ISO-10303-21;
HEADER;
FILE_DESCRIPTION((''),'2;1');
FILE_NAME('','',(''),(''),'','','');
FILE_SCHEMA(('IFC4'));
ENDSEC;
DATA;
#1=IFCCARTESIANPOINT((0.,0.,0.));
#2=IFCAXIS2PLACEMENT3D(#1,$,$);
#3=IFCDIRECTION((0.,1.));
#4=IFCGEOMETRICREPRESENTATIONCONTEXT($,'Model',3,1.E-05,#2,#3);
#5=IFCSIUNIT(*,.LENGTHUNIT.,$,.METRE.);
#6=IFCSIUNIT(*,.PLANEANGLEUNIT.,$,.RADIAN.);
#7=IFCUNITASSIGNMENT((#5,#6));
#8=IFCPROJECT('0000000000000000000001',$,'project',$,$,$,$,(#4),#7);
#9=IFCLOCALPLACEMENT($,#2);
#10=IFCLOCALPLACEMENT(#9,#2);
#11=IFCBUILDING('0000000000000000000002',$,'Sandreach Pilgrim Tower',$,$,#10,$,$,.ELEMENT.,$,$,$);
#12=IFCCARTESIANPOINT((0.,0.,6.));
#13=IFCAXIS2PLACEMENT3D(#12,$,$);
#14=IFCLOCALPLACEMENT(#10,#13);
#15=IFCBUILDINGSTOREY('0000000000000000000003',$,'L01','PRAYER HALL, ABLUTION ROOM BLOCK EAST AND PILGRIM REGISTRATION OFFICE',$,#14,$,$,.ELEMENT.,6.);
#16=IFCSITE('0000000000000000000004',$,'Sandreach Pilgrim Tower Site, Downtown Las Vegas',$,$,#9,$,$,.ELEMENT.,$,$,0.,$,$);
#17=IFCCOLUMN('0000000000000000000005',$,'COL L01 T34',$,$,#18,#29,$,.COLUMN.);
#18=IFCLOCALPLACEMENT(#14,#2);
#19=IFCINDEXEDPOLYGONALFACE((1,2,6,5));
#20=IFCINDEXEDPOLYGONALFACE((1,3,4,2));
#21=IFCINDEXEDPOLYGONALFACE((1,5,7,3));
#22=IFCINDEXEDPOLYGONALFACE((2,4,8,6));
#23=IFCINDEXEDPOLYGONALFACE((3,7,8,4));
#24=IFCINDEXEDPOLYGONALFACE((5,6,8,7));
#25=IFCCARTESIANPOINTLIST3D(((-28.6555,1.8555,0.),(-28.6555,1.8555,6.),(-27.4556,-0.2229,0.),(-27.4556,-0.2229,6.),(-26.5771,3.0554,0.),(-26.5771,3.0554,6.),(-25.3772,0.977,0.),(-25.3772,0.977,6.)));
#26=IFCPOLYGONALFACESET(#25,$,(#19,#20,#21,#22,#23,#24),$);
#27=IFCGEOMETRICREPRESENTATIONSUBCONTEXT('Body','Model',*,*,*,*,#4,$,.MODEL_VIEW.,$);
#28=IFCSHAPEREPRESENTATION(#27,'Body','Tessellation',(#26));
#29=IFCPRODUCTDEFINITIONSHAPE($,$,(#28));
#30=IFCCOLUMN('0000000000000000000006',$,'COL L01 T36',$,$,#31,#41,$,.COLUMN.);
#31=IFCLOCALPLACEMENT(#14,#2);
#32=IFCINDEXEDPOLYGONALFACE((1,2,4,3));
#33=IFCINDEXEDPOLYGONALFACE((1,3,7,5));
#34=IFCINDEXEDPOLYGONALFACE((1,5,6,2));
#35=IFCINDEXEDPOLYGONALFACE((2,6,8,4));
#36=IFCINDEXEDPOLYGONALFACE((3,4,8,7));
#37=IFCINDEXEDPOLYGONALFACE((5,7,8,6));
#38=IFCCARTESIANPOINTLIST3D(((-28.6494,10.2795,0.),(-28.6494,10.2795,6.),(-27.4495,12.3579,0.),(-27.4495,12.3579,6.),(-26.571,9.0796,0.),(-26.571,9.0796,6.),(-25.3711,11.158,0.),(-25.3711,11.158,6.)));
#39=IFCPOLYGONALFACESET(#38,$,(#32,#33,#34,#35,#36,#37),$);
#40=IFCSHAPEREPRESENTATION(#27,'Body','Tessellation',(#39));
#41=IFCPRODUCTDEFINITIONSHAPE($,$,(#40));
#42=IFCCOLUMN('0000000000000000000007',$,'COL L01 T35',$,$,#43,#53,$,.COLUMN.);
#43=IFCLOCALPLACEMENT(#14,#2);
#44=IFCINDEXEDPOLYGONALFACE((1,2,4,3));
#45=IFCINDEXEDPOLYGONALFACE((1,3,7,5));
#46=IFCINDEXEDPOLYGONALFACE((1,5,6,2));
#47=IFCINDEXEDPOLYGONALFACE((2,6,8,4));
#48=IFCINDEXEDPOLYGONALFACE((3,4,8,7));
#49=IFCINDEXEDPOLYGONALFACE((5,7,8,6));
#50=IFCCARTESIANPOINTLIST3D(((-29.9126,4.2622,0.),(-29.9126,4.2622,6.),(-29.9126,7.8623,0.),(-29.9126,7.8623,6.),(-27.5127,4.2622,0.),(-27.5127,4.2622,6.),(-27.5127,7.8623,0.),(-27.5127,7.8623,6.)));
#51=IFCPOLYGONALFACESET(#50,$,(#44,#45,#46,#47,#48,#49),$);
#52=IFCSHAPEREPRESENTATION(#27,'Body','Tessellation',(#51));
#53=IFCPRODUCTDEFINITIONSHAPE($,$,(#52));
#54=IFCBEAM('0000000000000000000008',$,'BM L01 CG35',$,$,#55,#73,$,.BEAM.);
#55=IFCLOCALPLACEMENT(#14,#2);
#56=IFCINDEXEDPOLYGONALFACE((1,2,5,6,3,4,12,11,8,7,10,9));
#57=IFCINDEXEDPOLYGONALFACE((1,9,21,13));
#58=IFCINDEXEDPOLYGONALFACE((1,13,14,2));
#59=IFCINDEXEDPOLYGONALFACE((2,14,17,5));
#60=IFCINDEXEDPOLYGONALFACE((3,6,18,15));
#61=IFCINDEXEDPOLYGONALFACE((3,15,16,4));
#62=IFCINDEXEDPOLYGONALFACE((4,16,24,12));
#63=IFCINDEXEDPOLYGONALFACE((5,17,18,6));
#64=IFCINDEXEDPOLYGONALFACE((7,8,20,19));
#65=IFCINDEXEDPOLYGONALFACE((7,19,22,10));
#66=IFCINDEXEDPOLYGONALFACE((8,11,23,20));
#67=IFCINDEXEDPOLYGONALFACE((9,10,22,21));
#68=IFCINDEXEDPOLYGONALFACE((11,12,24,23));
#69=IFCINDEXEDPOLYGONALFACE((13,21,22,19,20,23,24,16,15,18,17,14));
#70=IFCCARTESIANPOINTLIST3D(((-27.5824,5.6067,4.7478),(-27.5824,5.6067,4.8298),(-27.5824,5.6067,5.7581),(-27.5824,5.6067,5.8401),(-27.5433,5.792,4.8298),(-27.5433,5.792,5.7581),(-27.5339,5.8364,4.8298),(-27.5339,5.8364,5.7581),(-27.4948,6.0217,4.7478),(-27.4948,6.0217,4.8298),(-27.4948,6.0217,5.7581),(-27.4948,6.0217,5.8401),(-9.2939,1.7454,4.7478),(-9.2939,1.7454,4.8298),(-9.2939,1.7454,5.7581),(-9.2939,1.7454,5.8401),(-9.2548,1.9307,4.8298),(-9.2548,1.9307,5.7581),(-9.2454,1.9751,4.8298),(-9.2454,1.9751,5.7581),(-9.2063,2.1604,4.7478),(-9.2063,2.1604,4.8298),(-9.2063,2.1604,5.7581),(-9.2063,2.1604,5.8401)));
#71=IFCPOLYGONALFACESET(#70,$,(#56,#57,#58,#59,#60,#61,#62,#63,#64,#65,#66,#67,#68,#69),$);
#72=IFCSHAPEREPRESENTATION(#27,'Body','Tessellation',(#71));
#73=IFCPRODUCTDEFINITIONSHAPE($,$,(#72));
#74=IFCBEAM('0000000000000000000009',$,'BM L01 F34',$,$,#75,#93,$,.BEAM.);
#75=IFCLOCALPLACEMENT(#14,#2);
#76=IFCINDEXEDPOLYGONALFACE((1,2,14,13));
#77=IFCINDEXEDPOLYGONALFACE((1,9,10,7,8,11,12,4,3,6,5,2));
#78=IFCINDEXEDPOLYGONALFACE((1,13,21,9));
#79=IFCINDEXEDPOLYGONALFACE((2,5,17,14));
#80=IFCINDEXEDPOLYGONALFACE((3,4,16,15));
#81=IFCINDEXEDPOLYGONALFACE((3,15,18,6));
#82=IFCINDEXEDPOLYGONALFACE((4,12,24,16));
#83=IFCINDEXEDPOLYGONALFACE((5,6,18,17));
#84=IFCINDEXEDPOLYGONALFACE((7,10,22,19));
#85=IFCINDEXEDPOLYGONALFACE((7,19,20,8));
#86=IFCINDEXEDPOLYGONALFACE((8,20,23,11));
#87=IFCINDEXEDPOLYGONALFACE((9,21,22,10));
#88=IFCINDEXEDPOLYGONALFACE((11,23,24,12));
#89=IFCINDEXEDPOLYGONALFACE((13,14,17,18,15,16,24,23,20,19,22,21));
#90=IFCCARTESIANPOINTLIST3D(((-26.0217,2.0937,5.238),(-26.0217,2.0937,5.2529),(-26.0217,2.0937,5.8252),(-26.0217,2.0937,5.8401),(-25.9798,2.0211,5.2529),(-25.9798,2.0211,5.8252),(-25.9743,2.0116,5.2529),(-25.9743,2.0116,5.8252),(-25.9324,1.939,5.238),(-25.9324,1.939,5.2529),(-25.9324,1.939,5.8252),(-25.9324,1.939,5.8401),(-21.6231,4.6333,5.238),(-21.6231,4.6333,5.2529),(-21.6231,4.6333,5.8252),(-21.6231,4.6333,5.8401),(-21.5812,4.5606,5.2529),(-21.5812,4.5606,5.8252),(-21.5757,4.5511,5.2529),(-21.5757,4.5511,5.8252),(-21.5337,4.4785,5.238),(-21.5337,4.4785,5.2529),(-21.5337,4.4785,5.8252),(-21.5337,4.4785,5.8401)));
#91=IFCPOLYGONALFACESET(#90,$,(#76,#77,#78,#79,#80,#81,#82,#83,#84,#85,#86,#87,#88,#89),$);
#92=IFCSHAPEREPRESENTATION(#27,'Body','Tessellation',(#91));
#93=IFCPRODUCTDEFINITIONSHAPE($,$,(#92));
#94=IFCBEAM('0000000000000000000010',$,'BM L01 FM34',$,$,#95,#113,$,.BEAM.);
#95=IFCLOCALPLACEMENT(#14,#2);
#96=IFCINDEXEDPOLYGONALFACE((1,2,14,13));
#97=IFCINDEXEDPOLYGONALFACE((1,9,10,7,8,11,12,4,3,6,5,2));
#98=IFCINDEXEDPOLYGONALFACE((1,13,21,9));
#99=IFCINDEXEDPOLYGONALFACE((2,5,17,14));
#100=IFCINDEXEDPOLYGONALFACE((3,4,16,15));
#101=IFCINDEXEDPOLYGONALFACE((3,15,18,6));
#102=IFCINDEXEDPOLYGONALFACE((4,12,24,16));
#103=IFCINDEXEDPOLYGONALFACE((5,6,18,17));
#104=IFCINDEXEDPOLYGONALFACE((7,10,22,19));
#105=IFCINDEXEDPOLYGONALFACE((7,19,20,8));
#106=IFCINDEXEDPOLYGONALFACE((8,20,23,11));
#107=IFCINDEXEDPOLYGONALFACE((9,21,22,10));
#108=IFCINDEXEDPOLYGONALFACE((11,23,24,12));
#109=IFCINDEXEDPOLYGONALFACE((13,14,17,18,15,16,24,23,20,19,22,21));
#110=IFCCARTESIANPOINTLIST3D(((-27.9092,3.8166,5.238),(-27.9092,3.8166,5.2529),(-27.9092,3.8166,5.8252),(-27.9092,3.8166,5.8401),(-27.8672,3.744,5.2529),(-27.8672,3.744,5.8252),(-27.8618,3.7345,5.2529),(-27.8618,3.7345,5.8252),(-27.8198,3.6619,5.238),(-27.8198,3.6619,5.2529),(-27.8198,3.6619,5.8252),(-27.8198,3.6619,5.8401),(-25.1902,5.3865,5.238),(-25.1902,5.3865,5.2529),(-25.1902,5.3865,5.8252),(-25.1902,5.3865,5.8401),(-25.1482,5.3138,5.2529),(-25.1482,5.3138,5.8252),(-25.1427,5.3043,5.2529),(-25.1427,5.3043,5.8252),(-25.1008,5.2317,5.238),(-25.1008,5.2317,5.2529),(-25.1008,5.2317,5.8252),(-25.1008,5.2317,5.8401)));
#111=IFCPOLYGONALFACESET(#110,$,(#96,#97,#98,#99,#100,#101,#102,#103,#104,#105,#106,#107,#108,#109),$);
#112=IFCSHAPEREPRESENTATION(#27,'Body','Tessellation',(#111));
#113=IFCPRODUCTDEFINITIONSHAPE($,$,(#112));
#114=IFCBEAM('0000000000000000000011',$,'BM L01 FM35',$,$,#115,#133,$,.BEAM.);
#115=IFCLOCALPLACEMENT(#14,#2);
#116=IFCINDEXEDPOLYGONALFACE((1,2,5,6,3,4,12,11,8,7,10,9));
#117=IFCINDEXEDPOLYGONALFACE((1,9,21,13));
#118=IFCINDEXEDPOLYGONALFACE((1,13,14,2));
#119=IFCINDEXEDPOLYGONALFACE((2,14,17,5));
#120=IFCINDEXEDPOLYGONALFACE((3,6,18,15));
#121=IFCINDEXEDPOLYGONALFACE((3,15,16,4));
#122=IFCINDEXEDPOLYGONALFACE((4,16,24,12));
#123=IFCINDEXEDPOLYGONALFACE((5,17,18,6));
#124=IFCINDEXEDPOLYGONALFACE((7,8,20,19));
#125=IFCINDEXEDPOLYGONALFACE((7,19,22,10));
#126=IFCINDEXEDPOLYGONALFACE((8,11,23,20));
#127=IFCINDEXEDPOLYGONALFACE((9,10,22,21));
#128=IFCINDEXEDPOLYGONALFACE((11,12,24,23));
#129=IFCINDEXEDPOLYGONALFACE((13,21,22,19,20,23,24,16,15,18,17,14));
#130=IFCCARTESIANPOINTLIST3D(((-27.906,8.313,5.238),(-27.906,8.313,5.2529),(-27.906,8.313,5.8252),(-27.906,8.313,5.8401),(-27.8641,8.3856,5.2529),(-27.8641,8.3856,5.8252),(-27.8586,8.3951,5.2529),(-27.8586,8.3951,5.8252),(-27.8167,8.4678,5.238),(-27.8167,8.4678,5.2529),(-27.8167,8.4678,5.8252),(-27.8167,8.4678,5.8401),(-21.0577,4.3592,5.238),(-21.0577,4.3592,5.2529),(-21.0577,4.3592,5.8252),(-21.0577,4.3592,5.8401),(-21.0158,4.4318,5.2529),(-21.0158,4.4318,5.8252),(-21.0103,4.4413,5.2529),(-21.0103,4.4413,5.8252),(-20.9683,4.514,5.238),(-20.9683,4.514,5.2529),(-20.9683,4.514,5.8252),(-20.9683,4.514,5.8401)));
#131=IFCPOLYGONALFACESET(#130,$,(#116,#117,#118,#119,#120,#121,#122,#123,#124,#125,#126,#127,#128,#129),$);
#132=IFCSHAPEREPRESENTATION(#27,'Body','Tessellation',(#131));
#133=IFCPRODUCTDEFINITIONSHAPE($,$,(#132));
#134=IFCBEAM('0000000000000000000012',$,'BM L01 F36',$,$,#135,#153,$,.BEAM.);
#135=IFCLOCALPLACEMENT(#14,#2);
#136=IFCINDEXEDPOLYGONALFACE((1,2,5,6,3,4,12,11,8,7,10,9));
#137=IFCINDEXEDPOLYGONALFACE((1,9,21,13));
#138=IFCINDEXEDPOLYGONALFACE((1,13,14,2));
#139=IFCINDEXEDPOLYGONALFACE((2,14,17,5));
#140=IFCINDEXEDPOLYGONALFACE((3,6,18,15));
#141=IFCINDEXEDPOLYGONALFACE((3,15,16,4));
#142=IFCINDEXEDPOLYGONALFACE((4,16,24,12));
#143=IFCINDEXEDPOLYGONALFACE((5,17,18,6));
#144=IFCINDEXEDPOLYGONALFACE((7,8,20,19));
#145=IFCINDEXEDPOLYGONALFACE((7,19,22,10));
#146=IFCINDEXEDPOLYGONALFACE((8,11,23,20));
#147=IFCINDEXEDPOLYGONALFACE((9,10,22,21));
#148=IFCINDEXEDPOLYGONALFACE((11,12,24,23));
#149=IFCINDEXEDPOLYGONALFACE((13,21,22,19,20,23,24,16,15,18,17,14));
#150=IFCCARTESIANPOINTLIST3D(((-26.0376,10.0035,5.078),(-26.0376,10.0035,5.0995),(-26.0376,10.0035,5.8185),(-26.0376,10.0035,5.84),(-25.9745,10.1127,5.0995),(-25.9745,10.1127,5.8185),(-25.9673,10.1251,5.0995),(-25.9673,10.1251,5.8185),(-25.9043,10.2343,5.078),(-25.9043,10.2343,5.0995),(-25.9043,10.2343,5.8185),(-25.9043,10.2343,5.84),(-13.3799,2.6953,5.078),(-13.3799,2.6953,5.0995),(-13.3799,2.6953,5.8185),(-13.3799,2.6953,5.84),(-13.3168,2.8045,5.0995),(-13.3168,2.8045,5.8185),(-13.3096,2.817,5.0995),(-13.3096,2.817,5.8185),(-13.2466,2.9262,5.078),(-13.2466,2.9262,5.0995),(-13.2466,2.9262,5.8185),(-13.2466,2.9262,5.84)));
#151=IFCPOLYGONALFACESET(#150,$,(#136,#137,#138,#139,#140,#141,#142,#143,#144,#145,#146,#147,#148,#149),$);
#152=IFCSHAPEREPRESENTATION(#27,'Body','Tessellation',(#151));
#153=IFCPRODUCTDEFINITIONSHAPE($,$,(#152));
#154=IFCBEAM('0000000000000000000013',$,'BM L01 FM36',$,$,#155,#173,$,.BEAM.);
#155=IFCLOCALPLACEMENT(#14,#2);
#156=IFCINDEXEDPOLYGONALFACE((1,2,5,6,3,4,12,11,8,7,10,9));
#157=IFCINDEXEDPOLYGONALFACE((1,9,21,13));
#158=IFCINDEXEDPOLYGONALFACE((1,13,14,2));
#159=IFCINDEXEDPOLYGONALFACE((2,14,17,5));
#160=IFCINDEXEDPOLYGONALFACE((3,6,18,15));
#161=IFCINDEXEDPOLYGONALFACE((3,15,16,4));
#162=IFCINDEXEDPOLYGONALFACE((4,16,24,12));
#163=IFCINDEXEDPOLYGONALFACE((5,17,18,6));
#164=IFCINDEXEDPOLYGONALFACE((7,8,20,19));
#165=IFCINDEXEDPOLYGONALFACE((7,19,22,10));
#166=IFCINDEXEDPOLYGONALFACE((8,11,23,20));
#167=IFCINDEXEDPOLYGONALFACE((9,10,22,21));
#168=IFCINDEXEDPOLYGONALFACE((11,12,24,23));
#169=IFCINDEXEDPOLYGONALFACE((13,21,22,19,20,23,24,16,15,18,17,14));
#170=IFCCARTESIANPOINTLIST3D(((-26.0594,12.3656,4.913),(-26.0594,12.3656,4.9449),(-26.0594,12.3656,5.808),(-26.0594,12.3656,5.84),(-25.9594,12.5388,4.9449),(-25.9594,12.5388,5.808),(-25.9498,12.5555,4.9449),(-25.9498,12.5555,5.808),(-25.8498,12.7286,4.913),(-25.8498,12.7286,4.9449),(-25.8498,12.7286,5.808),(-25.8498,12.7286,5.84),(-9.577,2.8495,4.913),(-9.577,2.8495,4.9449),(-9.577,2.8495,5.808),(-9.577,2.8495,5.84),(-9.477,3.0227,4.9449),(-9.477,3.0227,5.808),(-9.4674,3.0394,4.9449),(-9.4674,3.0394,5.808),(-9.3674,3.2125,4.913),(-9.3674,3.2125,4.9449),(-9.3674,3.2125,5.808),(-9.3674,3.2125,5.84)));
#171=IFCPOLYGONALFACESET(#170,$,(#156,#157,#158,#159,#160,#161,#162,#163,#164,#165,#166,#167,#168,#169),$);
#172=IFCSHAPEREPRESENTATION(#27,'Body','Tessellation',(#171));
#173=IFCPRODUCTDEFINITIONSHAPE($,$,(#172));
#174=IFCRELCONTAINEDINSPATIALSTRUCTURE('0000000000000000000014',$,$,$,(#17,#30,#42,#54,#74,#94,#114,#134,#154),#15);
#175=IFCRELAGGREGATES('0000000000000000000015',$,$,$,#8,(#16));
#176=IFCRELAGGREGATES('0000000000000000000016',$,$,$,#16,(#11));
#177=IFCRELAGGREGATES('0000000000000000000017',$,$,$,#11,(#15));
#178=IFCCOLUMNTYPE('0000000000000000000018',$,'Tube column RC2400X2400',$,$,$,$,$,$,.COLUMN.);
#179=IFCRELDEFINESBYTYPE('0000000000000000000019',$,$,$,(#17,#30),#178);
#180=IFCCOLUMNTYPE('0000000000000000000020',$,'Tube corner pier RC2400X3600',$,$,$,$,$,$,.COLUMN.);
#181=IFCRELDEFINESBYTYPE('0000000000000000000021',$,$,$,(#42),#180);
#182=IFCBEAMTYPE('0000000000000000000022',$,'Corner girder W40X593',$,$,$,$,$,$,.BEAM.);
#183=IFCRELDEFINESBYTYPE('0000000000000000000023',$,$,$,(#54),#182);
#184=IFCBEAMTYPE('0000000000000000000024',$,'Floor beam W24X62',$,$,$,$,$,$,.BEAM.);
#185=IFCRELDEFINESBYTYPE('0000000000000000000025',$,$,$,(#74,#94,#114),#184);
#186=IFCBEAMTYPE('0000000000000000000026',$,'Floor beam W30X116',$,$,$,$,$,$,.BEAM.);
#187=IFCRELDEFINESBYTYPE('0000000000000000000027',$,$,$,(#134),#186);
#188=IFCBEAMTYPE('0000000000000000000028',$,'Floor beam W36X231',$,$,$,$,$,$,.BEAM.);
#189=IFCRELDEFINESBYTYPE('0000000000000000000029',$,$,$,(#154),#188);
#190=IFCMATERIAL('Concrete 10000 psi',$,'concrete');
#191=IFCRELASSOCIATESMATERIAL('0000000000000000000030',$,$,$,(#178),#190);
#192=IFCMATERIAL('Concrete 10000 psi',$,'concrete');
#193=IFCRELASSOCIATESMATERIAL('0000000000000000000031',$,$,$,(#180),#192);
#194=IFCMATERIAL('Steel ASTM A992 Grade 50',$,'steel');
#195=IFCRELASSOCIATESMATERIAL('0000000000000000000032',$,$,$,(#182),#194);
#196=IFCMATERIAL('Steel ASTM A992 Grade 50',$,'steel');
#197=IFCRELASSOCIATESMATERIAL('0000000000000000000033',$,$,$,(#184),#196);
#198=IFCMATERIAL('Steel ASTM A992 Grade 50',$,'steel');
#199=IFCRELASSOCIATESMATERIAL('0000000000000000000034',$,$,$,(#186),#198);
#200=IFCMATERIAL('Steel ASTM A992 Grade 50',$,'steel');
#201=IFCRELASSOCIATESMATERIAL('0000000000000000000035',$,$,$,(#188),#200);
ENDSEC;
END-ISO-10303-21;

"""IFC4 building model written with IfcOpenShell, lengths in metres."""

from ifc_helpers import new_model, si_unit, direction, frame, origin, origin_2d, place, context, subcontext, project, spatial, rectangle, i_section, extrude, material, material_profile, profile_set, type_object, element, save


model = new_model("IFC4")

# Units and contexts
model_context = context("Model", 3, precision=1e-05, world=origin(), true_north=direction((0.0, 1.0)))
body_context = subcontext(model_context, "Body", "Model", "MODEL_VIEW")
ifc_project = project(units=[si_unit("LENGTHUNIT", "METRE"), si_unit("PLANEANGLEUNIT", "RADIAN")], contexts=[model_context])

# Site, building, storey
site_placement = place(None, origin())
site = spatial("IfcSite", under=ifc_project, at=site_placement, Name="Sandreach Pilgrim Tower Site, Downtown Las Vegas", CompositionType="ELEMENT", RefElevation=0.0)
building_placement = place(site_placement, origin())
building = spatial("IfcBuilding", under=site, at=building_placement, Name="Sandreach Pilgrim Tower", CompositionType="ELEMENT")
storey_placement = place(building_placement, frame((0.0, 0.0, 6.0)))
storey = spatial("IfcBuildingStorey", under=building, at=storey_placement, Name="L01", Description="PRAYER HALL, ABLUTION ROOM BLOCK EAST AND PILGRIM REGISTRATION OFFICE", CompositionType="ELEMENT", Elevation=6.0)

# Columns
ifc_material_1 = material(Name="Concrete 10000 psi", Category="concrete")
ifc_material_profile_1 = material_profile(ifc_material_1, rectangle(XDim=2.3999, YDim=2.3999, at=origin_2d()), Name="RC2400X2400")
ifc_profile_set_1 = profile_set([ifc_material_profile_1], Name="Concrete 10000 psi")
column_type_1 = type_object("IfcColumnType", Name="Tube column RC2400X2400", PredefinedType="COLUMN", material=ifc_profile_set_1)
for number, where, z_axis, x_axis, name in (
    (1, (-27.0164, 1.4163, 0.0), (0.0, 0.0, 1.0), (-0.866025, -0.5, 0.0), "COL L01 T34"),
    (2, (-27.0103, 10.7188, 0.0), (0.0, 0.0, 1.0), (-0.866025, 0.5, 0.0), "COL L01 T36"),
):
    element("IfcColumn", number, at=place(storey_placement, frame(where, z_axis=z_axis, x_axis=x_axis)), inside=storey, type_object=column_type_1, Name=name, PredefinedType="COLUMN", context=body_context, shape_type="SweptSolid", body=[
        extrude(rectangle(XDim=2.3999, YDim=2.3999, at=origin_2d()), origin(), (0.0, 0.0, 1.0), 6.0),
    ])
ifc_material_2 = material(Name="Concrete 10000 psi", Category="concrete")
ifc_material_profile_2 = material_profile(ifc_material_2, rectangle(XDim=2.3999, YDim=3.6001, at=origin_2d()), Name="RC2400X3600")
ifc_profile_set_2 = profile_set([ifc_material_profile_2], Name="Concrete 10000 psi")
column_type_2 = type_object("IfcColumnType", Name="Tube corner pier RC2400X3600", PredefinedType="COLUMN", material=ifc_profile_set_2)
column_placement = place(storey_placement, frame((-28.7126, 6.0623, 0.0), z_axis=(0.0, 0.0, 1.0), x_axis=(-1.0, 0.0, 0.0)))
element("IfcColumn", 3, at=column_placement, inside=storey, type_object=column_type_2, Name="COL L01 T35", PredefinedType="COLUMN", context=body_context, shape_type="SweptSolid", body=[
    extrude(rectangle(XDim=2.3999, YDim=3.6001, at=origin_2d()), origin(), (0.0, 0.0, 1.0), 6.0),
])

# Beams
ifc_material_3 = material(Name="Steel ASTM A992 Grade 50", Category="steel")
ifc_material_profile_3 = material_profile(ifc_material_3, i_section(OverallWidth=0.4241, OverallDepth=1.0923, WebThickness=0.0454, FlangeThickness=0.082, at=origin_2d()), Name="W40X593")
ifc_profile_set_3 = profile_set([ifc_material_profile_3], Name="Steel ASTM A992 Grade 50")
beam_type_1 = type_object("IfcBeamType", Name="Corner girder W40X593", PredefinedType="BEAM", material=ifc_profile_set_3)
beam_1_placement = place(storey_placement, frame((-27.5386, 5.8142, 5.2939), z_axis=(0.97843, -0.206579, 0.0), x_axis=(0.206579, 0.97843, 0.0)))
element("IfcBeam", 4, at=beam_1_placement, inside=storey, type_object=beam_type_1, Name="BM L01 CG35", PredefinedType="BEAM", context=body_context, shape_type="SweptSolid", body=[
    extrude(i_section(OverallWidth=0.4241, OverallDepth=1.0923, WebThickness=0.0454, FlangeThickness=0.082, at=origin_2d()), origin(), (0.0, 0.0, 1.0), 18.6917),
])
ifc_material_4 = material(Name="Steel ASTM A992 Grade 50", Category="steel")
ifc_material_profile_4 = material_profile(ifc_material_4, i_section(OverallWidth=0.1787, OverallDepth=0.6021, WebThickness=0.011, FlangeThickness=0.0149, at=origin_2d()), Name="W24X62")
ifc_profile_set_4 = profile_set([ifc_material_profile_4], Name="Steel ASTM A992 Grade 50")
beam_type_2 = type_object("IfcBeamType", Name="Floor beam W24X62", PredefinedType="BEAM", material=ifc_profile_set_4)
beam_2_placement = place(storey_placement, frame((-25.9771, 2.0164, 5.5391), z_axis=(0.866028, 0.499996, 0.0), x_axis=(-0.499996, 0.866028, 0.0)))
element("IfcBeam", 5, at=beam_2_placement, inside=storey, type_object=beam_type_2, Name="BM L01 F34", PredefinedType="BEAM", context=body_context, shape_type="SweptSolid", body=[
    extrude(i_section(OverallWidth=0.1787, OverallDepth=0.6021, WebThickness=0.011, FlangeThickness=0.0149, at=origin_2d()), origin(), (0.0, 0.0, 1.0), 5.0791),
])
beam_3_placement = place(storey_placement, frame((-27.8645, 3.7393, 5.5391), z_axis=(0.866024, 0.500003, 0.0), x_axis=(-0.500003, 0.866024, 0.0)))
element("IfcBeam", 6, at=beam_3_placement, inside=storey, type_object=beam_type_2, Name="BM L01 FM34", PredefinedType="BEAM", context=body_context, shape_type="SweptSolid", body=[
    extrude(i_section(OverallWidth=0.1787, OverallDepth=0.6021, WebThickness=0.011, FlangeThickness=0.0149, at=origin_2d()), origin(), (0.0, 0.0, 1.0), 3.1396),
])
beam_4_placement = place(storey_placement, frame((-27.8613, 8.3904, 5.5391), z_axis=(0.866029, -0.499994, 0.0), x_axis=(0.499994, 0.866029, 0.0)))
element("IfcBeam", 7, at=beam_4_placement, inside=storey, type_object=beam_type_2, Name="BM L01 FM35", PredefinedType="BEAM", context=body_context, shape_type="SweptSolid", body=[
    extrude(i_section(OverallWidth=0.1787, OverallDepth=0.6021, WebThickness=0.011, FlangeThickness=0.0149, at=origin_2d()), origin(), (0.0, 0.0, 1.0), 7.9077),
])
ifc_material_5 = material(Name="Steel ASTM A992 Grade 50", Category="steel")
ifc_material_profile_5 = material_profile(ifc_material_5, i_section(OverallWidth=0.2666, OverallDepth=0.762, WebThickness=0.0144, FlangeThickness=0.0215, at=origin_2d()), Name="W30X116")
ifc_profile_set_5 = profile_set([ifc_material_profile_5], Name="Steel ASTM A992 Grade 50")
beam_type_3 = type_object("IfcBeamType", Name="Floor beam W30X116", PredefinedType="BEAM", material=ifc_profile_set_5)
beam_5_placement = place(storey_placement, frame((-25.9709, 10.1189, 5.459), z_axis=(0.86602, -0.500009, 0.0), x_axis=(0.500009, 0.86602, 0.0)))
element("IfcBeam", 8, at=beam_5_placement, inside=storey, type_object=beam_type_3, Name="BM L01 F36", PredefinedType="BEAM", context=body_context, shape_type="SweptSolid", body=[
    extrude(i_section(OverallWidth=0.2666, OverallDepth=0.762, WebThickness=0.0144, FlangeThickness=0.0215, at=origin_2d()), origin(), (0.0, 0.0, 1.0), 14.616),
])
ifc_material_6 = material(Name="Steel ASTM A992 Grade 50", Category="steel")
ifc_material_profile_6 = material_profile(ifc_material_6, i_section(OverallWidth=0.4192, OverallDepth=0.927, WebThickness=0.0193, FlangeThickness=0.032, at=origin_2d()), Name="W36X231")
ifc_profile_set_6 = profile_set([ifc_material_profile_6], Name="Steel ASTM A992 Grade 50")
beam_type_4 = type_object("IfcBeamType", Name="Floor beam W36X231", PredefinedType="BEAM", material=ifc_profile_set_6)
beam_6_placement = place(storey_placement, frame((-25.9546, 12.5471, 5.3765), z_axis=(0.866026, -0.499999, 0.0), x_axis=(0.499999, 0.866026, 0.0)))
element("IfcBeam", 9, at=beam_6_placement, inside=storey, type_object=beam_type_4, Name="BM L01 FM36", PredefinedType="BEAM", context=body_context, shape_type="SweptSolid", body=[
    extrude(i_section(OverallWidth=0.4192, OverallDepth=0.927, WebThickness=0.0193, FlangeThickness=0.032, at=origin_2d()), origin(), (0.0, 0.0, 1.0), 19.0322),
])

save(model, "model.ifc")
